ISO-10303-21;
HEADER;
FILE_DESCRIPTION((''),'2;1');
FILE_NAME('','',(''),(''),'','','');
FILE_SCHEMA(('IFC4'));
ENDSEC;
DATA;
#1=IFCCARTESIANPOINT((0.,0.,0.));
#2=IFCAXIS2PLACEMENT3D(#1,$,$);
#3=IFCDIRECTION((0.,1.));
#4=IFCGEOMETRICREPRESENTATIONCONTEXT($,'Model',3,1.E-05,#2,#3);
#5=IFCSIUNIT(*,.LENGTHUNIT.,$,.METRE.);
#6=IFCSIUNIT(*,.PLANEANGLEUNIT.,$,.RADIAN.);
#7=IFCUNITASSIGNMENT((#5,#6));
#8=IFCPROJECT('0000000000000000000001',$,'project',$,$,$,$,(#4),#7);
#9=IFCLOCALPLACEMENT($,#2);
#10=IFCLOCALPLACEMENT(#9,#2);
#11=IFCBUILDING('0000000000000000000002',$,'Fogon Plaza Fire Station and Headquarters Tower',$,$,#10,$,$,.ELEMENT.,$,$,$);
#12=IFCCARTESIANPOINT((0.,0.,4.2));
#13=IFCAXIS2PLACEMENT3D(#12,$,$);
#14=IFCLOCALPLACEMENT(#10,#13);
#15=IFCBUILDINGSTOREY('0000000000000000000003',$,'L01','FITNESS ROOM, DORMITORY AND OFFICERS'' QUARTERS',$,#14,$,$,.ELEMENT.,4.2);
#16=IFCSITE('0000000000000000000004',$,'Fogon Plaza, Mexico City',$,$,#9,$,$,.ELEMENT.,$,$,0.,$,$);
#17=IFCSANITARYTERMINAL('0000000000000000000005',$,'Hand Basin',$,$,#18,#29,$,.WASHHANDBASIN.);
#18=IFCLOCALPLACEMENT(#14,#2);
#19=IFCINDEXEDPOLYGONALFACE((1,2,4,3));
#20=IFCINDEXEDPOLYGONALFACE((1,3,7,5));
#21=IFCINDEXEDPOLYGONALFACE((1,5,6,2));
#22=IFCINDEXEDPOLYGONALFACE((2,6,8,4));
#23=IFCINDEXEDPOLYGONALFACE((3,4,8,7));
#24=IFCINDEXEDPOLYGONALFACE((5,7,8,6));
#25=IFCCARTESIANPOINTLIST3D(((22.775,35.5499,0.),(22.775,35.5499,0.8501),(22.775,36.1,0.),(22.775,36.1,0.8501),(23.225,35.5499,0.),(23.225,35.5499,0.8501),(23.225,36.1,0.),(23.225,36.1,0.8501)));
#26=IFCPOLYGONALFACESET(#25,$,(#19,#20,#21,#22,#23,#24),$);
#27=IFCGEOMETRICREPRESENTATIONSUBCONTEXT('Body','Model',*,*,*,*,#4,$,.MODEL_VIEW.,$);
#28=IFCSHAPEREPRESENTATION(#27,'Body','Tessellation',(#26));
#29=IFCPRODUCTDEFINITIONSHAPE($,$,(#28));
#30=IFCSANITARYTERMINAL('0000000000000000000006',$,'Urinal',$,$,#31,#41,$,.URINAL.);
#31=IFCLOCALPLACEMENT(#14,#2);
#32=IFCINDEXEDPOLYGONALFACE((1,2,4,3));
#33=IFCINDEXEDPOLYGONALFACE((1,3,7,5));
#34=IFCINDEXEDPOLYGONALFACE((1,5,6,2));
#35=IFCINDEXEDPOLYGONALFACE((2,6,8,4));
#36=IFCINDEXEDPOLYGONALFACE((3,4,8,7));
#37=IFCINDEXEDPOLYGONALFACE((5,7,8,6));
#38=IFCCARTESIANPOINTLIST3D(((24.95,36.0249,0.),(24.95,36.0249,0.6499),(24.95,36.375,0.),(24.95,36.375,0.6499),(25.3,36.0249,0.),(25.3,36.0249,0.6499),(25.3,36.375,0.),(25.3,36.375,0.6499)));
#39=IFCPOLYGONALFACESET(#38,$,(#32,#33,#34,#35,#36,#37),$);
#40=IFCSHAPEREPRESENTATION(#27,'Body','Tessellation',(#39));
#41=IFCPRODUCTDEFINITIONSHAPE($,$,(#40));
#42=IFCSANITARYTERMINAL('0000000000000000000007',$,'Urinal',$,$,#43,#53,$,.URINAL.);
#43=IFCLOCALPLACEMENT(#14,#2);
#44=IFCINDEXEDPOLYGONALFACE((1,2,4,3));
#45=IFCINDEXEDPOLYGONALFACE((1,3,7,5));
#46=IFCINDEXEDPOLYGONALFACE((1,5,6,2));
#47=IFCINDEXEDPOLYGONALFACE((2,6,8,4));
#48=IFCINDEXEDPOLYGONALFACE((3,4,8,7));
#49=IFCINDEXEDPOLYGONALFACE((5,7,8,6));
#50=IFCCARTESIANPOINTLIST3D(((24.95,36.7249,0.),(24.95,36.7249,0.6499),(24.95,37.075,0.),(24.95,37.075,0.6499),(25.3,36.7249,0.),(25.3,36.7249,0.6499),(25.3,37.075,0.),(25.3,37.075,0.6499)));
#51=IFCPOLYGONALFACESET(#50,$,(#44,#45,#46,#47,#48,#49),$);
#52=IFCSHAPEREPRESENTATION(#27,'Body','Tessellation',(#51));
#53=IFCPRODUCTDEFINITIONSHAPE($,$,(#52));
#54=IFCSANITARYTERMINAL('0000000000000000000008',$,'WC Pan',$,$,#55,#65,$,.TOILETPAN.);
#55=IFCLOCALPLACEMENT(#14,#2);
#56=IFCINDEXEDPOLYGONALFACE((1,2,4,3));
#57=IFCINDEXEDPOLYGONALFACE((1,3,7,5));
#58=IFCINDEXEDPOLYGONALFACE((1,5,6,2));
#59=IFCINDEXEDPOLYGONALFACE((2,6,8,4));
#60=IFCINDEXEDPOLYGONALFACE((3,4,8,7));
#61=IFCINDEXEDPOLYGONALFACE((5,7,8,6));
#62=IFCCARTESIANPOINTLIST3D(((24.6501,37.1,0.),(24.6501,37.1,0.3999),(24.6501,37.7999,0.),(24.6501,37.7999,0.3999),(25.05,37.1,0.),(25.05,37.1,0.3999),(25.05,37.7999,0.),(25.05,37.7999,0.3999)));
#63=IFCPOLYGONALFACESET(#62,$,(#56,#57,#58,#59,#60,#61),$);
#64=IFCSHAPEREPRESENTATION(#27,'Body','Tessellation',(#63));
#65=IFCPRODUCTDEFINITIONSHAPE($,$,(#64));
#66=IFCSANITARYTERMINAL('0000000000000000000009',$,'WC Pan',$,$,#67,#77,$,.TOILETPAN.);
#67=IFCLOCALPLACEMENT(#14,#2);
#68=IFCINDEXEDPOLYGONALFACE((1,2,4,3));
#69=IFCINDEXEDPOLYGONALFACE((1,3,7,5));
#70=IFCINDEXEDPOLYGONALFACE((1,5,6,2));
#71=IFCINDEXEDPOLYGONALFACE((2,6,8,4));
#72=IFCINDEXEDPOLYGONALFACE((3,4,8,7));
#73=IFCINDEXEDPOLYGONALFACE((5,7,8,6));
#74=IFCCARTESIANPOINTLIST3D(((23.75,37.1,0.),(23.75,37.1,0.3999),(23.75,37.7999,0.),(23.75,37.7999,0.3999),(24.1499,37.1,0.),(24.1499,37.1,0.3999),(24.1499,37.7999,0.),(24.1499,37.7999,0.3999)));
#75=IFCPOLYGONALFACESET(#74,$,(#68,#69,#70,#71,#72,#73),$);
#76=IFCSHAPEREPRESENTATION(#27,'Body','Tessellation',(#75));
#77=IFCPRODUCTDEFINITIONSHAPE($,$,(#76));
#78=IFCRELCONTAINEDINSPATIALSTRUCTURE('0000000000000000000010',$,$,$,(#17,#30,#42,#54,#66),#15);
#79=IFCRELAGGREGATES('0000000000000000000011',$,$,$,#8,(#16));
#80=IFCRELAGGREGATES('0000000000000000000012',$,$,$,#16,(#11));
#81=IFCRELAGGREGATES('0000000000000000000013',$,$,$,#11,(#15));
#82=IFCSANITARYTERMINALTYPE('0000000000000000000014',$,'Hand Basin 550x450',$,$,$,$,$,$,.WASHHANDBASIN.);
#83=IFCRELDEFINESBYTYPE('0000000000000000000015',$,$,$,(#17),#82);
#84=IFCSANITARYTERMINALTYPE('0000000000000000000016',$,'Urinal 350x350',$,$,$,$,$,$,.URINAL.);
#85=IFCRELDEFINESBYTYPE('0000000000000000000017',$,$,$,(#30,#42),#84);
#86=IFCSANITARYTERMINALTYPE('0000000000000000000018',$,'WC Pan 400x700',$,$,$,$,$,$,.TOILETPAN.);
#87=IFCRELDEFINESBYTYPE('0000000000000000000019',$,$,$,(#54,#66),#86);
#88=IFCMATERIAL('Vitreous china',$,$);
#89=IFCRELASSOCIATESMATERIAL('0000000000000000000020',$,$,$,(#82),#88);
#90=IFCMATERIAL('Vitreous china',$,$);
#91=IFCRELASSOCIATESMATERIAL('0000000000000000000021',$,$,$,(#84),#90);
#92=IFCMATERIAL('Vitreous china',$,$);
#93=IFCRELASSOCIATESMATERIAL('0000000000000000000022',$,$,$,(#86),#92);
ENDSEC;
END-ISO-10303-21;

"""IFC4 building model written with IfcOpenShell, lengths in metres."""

from ifc_helpers import new_model, si_unit, direction, frame, origin, origin_2d, place, context, subcontext, project, spatial, rectangle, extrude, material, type_object, element, save


model = new_model("IFC4")

# Units and contexts
model_context = context("Model", 3, precision=1e-05, world=origin(), true_north=direction((0.0, 1.0)))
body_context = subcontext(model_context, "Body", "Model", "MODEL_VIEW")
ifc_project = project(units=[si_unit("LENGTHUNIT", "METRE"), si_unit("PLANEANGLEUNIT", "RADIAN")], contexts=[model_context])

# Site, building, storey
site_placement = place(None, origin())
site = spatial("IfcSite", under=ifc_project, at=site_placement, Name="Fogon Plaza, Mexico City", CompositionType="ELEMENT", RefElevation=0.0)
building_placement = place(site_placement, origin())
building = spatial("IfcBuilding", under=site, at=building_placement, Name="Fogon Plaza Fire Station and Headquarters Tower", CompositionType="ELEMENT")
storey_placement = place(building_placement, frame((0.0, 0.0, 4.2)))
storey = spatial("IfcBuildingStorey", under=building, at=storey_placement, Name="L01", Description="FITNESS ROOM, DORMITORY AND OFFICERS' QUARTERS", CompositionType="ELEMENT", Elevation=4.2)

# Sanitary terminals
ifc_material_1 = material(Name="Vitreous china")
sanitary_terminal_type_1 = type_object("IfcSanitaryTerminalType", Name="Hand Basin 550x450", PredefinedType="WASHHANDBASIN", material=ifc_material_1)
for number, where, z_axis, x_axis, name in (
    (1, (23.0, 35.825, 0.0), (0.0, 0.0, 1.0), (1.0, 0.0, 0.0), "Hand Basin"),
):
    element("IfcSanitaryTerminal", number, at=place(storey_placement, frame(where, z_axis=z_axis, x_axis=x_axis)), inside=storey, type_object=sanitary_terminal_type_1, Name=name, PredefinedType="WASHHANDBASIN", context=body_context, shape_type="SweptSolid", body=[
        extrude(rectangle(XDim=0.45, YDim=0.55, at=origin_2d()), origin(), (0.0, 0.0, 1.0), 0.8501),
    ])
ifc_material_2 = material(Name="Vitreous china")
sanitary_terminal_type_2 = type_object("IfcSanitaryTerminalType", Name="Urinal 350x350", PredefinedType="URINAL", material=ifc_material_2)
for number, where, z_axis, x_axis, name in (
    (2, (25.125, 36.2, 0.0), (0.0, 0.0, 1.0), (1.0, 0.0, 0.0), "Urinal"),
    (3, (25.125, 36.8999, 0.0), (0.0, 0.0, 1.0), (1.0, 0.0, 0.0), "Urinal"),
):
    element("IfcSanitaryTerminal", number, at=place(storey_placement, frame(where, z_axis=z_axis, x_axis=x_axis)), inside=storey, type_object=sanitary_terminal_type_2, Name=name, PredefinedType="URINAL", context=body_context, shape_type="SweptSolid", body=[
        extrude(rectangle(XDim=0.3501, YDim=0.3501, at=origin_2d()), origin(), (0.0, 0.0, 1.0), 0.6499),
    ])
ifc_material_3 = material(Name="Vitreous china")
sanitary_terminal_type_3 = type_object("IfcSanitaryTerminalType", Name="WC Pan 400x700", PredefinedType="TOILETPAN", material=ifc_material_3)
for number, where, z_axis, x_axis, name in (
    (4, (24.8501, 37.45, 0.0), (0.0, 0.0, 1.0), (1.0, 0.0, 0.0), "WC Pan"),
    (5, (23.95, 37.45, 0.0), (0.0, 0.0, 1.0), (1.0, 0.0, 0.0), "WC Pan"),
):
    element("IfcSanitaryTerminal", number, at=place(storey_placement, frame(where, z_axis=z_axis, x_axis=x_axis)), inside=storey, type_object=sanitary_terminal_type_3, Name=name, PredefinedType="TOILETPAN", context=body_context, shape_type="SweptSolid", body=[
        extrude(rectangle(XDim=0.3999, YDim=0.7, at=origin_2d()), origin(), (0.0, 0.0, 1.0), 0.3999),
    ])

save(model, "model.ifc")
